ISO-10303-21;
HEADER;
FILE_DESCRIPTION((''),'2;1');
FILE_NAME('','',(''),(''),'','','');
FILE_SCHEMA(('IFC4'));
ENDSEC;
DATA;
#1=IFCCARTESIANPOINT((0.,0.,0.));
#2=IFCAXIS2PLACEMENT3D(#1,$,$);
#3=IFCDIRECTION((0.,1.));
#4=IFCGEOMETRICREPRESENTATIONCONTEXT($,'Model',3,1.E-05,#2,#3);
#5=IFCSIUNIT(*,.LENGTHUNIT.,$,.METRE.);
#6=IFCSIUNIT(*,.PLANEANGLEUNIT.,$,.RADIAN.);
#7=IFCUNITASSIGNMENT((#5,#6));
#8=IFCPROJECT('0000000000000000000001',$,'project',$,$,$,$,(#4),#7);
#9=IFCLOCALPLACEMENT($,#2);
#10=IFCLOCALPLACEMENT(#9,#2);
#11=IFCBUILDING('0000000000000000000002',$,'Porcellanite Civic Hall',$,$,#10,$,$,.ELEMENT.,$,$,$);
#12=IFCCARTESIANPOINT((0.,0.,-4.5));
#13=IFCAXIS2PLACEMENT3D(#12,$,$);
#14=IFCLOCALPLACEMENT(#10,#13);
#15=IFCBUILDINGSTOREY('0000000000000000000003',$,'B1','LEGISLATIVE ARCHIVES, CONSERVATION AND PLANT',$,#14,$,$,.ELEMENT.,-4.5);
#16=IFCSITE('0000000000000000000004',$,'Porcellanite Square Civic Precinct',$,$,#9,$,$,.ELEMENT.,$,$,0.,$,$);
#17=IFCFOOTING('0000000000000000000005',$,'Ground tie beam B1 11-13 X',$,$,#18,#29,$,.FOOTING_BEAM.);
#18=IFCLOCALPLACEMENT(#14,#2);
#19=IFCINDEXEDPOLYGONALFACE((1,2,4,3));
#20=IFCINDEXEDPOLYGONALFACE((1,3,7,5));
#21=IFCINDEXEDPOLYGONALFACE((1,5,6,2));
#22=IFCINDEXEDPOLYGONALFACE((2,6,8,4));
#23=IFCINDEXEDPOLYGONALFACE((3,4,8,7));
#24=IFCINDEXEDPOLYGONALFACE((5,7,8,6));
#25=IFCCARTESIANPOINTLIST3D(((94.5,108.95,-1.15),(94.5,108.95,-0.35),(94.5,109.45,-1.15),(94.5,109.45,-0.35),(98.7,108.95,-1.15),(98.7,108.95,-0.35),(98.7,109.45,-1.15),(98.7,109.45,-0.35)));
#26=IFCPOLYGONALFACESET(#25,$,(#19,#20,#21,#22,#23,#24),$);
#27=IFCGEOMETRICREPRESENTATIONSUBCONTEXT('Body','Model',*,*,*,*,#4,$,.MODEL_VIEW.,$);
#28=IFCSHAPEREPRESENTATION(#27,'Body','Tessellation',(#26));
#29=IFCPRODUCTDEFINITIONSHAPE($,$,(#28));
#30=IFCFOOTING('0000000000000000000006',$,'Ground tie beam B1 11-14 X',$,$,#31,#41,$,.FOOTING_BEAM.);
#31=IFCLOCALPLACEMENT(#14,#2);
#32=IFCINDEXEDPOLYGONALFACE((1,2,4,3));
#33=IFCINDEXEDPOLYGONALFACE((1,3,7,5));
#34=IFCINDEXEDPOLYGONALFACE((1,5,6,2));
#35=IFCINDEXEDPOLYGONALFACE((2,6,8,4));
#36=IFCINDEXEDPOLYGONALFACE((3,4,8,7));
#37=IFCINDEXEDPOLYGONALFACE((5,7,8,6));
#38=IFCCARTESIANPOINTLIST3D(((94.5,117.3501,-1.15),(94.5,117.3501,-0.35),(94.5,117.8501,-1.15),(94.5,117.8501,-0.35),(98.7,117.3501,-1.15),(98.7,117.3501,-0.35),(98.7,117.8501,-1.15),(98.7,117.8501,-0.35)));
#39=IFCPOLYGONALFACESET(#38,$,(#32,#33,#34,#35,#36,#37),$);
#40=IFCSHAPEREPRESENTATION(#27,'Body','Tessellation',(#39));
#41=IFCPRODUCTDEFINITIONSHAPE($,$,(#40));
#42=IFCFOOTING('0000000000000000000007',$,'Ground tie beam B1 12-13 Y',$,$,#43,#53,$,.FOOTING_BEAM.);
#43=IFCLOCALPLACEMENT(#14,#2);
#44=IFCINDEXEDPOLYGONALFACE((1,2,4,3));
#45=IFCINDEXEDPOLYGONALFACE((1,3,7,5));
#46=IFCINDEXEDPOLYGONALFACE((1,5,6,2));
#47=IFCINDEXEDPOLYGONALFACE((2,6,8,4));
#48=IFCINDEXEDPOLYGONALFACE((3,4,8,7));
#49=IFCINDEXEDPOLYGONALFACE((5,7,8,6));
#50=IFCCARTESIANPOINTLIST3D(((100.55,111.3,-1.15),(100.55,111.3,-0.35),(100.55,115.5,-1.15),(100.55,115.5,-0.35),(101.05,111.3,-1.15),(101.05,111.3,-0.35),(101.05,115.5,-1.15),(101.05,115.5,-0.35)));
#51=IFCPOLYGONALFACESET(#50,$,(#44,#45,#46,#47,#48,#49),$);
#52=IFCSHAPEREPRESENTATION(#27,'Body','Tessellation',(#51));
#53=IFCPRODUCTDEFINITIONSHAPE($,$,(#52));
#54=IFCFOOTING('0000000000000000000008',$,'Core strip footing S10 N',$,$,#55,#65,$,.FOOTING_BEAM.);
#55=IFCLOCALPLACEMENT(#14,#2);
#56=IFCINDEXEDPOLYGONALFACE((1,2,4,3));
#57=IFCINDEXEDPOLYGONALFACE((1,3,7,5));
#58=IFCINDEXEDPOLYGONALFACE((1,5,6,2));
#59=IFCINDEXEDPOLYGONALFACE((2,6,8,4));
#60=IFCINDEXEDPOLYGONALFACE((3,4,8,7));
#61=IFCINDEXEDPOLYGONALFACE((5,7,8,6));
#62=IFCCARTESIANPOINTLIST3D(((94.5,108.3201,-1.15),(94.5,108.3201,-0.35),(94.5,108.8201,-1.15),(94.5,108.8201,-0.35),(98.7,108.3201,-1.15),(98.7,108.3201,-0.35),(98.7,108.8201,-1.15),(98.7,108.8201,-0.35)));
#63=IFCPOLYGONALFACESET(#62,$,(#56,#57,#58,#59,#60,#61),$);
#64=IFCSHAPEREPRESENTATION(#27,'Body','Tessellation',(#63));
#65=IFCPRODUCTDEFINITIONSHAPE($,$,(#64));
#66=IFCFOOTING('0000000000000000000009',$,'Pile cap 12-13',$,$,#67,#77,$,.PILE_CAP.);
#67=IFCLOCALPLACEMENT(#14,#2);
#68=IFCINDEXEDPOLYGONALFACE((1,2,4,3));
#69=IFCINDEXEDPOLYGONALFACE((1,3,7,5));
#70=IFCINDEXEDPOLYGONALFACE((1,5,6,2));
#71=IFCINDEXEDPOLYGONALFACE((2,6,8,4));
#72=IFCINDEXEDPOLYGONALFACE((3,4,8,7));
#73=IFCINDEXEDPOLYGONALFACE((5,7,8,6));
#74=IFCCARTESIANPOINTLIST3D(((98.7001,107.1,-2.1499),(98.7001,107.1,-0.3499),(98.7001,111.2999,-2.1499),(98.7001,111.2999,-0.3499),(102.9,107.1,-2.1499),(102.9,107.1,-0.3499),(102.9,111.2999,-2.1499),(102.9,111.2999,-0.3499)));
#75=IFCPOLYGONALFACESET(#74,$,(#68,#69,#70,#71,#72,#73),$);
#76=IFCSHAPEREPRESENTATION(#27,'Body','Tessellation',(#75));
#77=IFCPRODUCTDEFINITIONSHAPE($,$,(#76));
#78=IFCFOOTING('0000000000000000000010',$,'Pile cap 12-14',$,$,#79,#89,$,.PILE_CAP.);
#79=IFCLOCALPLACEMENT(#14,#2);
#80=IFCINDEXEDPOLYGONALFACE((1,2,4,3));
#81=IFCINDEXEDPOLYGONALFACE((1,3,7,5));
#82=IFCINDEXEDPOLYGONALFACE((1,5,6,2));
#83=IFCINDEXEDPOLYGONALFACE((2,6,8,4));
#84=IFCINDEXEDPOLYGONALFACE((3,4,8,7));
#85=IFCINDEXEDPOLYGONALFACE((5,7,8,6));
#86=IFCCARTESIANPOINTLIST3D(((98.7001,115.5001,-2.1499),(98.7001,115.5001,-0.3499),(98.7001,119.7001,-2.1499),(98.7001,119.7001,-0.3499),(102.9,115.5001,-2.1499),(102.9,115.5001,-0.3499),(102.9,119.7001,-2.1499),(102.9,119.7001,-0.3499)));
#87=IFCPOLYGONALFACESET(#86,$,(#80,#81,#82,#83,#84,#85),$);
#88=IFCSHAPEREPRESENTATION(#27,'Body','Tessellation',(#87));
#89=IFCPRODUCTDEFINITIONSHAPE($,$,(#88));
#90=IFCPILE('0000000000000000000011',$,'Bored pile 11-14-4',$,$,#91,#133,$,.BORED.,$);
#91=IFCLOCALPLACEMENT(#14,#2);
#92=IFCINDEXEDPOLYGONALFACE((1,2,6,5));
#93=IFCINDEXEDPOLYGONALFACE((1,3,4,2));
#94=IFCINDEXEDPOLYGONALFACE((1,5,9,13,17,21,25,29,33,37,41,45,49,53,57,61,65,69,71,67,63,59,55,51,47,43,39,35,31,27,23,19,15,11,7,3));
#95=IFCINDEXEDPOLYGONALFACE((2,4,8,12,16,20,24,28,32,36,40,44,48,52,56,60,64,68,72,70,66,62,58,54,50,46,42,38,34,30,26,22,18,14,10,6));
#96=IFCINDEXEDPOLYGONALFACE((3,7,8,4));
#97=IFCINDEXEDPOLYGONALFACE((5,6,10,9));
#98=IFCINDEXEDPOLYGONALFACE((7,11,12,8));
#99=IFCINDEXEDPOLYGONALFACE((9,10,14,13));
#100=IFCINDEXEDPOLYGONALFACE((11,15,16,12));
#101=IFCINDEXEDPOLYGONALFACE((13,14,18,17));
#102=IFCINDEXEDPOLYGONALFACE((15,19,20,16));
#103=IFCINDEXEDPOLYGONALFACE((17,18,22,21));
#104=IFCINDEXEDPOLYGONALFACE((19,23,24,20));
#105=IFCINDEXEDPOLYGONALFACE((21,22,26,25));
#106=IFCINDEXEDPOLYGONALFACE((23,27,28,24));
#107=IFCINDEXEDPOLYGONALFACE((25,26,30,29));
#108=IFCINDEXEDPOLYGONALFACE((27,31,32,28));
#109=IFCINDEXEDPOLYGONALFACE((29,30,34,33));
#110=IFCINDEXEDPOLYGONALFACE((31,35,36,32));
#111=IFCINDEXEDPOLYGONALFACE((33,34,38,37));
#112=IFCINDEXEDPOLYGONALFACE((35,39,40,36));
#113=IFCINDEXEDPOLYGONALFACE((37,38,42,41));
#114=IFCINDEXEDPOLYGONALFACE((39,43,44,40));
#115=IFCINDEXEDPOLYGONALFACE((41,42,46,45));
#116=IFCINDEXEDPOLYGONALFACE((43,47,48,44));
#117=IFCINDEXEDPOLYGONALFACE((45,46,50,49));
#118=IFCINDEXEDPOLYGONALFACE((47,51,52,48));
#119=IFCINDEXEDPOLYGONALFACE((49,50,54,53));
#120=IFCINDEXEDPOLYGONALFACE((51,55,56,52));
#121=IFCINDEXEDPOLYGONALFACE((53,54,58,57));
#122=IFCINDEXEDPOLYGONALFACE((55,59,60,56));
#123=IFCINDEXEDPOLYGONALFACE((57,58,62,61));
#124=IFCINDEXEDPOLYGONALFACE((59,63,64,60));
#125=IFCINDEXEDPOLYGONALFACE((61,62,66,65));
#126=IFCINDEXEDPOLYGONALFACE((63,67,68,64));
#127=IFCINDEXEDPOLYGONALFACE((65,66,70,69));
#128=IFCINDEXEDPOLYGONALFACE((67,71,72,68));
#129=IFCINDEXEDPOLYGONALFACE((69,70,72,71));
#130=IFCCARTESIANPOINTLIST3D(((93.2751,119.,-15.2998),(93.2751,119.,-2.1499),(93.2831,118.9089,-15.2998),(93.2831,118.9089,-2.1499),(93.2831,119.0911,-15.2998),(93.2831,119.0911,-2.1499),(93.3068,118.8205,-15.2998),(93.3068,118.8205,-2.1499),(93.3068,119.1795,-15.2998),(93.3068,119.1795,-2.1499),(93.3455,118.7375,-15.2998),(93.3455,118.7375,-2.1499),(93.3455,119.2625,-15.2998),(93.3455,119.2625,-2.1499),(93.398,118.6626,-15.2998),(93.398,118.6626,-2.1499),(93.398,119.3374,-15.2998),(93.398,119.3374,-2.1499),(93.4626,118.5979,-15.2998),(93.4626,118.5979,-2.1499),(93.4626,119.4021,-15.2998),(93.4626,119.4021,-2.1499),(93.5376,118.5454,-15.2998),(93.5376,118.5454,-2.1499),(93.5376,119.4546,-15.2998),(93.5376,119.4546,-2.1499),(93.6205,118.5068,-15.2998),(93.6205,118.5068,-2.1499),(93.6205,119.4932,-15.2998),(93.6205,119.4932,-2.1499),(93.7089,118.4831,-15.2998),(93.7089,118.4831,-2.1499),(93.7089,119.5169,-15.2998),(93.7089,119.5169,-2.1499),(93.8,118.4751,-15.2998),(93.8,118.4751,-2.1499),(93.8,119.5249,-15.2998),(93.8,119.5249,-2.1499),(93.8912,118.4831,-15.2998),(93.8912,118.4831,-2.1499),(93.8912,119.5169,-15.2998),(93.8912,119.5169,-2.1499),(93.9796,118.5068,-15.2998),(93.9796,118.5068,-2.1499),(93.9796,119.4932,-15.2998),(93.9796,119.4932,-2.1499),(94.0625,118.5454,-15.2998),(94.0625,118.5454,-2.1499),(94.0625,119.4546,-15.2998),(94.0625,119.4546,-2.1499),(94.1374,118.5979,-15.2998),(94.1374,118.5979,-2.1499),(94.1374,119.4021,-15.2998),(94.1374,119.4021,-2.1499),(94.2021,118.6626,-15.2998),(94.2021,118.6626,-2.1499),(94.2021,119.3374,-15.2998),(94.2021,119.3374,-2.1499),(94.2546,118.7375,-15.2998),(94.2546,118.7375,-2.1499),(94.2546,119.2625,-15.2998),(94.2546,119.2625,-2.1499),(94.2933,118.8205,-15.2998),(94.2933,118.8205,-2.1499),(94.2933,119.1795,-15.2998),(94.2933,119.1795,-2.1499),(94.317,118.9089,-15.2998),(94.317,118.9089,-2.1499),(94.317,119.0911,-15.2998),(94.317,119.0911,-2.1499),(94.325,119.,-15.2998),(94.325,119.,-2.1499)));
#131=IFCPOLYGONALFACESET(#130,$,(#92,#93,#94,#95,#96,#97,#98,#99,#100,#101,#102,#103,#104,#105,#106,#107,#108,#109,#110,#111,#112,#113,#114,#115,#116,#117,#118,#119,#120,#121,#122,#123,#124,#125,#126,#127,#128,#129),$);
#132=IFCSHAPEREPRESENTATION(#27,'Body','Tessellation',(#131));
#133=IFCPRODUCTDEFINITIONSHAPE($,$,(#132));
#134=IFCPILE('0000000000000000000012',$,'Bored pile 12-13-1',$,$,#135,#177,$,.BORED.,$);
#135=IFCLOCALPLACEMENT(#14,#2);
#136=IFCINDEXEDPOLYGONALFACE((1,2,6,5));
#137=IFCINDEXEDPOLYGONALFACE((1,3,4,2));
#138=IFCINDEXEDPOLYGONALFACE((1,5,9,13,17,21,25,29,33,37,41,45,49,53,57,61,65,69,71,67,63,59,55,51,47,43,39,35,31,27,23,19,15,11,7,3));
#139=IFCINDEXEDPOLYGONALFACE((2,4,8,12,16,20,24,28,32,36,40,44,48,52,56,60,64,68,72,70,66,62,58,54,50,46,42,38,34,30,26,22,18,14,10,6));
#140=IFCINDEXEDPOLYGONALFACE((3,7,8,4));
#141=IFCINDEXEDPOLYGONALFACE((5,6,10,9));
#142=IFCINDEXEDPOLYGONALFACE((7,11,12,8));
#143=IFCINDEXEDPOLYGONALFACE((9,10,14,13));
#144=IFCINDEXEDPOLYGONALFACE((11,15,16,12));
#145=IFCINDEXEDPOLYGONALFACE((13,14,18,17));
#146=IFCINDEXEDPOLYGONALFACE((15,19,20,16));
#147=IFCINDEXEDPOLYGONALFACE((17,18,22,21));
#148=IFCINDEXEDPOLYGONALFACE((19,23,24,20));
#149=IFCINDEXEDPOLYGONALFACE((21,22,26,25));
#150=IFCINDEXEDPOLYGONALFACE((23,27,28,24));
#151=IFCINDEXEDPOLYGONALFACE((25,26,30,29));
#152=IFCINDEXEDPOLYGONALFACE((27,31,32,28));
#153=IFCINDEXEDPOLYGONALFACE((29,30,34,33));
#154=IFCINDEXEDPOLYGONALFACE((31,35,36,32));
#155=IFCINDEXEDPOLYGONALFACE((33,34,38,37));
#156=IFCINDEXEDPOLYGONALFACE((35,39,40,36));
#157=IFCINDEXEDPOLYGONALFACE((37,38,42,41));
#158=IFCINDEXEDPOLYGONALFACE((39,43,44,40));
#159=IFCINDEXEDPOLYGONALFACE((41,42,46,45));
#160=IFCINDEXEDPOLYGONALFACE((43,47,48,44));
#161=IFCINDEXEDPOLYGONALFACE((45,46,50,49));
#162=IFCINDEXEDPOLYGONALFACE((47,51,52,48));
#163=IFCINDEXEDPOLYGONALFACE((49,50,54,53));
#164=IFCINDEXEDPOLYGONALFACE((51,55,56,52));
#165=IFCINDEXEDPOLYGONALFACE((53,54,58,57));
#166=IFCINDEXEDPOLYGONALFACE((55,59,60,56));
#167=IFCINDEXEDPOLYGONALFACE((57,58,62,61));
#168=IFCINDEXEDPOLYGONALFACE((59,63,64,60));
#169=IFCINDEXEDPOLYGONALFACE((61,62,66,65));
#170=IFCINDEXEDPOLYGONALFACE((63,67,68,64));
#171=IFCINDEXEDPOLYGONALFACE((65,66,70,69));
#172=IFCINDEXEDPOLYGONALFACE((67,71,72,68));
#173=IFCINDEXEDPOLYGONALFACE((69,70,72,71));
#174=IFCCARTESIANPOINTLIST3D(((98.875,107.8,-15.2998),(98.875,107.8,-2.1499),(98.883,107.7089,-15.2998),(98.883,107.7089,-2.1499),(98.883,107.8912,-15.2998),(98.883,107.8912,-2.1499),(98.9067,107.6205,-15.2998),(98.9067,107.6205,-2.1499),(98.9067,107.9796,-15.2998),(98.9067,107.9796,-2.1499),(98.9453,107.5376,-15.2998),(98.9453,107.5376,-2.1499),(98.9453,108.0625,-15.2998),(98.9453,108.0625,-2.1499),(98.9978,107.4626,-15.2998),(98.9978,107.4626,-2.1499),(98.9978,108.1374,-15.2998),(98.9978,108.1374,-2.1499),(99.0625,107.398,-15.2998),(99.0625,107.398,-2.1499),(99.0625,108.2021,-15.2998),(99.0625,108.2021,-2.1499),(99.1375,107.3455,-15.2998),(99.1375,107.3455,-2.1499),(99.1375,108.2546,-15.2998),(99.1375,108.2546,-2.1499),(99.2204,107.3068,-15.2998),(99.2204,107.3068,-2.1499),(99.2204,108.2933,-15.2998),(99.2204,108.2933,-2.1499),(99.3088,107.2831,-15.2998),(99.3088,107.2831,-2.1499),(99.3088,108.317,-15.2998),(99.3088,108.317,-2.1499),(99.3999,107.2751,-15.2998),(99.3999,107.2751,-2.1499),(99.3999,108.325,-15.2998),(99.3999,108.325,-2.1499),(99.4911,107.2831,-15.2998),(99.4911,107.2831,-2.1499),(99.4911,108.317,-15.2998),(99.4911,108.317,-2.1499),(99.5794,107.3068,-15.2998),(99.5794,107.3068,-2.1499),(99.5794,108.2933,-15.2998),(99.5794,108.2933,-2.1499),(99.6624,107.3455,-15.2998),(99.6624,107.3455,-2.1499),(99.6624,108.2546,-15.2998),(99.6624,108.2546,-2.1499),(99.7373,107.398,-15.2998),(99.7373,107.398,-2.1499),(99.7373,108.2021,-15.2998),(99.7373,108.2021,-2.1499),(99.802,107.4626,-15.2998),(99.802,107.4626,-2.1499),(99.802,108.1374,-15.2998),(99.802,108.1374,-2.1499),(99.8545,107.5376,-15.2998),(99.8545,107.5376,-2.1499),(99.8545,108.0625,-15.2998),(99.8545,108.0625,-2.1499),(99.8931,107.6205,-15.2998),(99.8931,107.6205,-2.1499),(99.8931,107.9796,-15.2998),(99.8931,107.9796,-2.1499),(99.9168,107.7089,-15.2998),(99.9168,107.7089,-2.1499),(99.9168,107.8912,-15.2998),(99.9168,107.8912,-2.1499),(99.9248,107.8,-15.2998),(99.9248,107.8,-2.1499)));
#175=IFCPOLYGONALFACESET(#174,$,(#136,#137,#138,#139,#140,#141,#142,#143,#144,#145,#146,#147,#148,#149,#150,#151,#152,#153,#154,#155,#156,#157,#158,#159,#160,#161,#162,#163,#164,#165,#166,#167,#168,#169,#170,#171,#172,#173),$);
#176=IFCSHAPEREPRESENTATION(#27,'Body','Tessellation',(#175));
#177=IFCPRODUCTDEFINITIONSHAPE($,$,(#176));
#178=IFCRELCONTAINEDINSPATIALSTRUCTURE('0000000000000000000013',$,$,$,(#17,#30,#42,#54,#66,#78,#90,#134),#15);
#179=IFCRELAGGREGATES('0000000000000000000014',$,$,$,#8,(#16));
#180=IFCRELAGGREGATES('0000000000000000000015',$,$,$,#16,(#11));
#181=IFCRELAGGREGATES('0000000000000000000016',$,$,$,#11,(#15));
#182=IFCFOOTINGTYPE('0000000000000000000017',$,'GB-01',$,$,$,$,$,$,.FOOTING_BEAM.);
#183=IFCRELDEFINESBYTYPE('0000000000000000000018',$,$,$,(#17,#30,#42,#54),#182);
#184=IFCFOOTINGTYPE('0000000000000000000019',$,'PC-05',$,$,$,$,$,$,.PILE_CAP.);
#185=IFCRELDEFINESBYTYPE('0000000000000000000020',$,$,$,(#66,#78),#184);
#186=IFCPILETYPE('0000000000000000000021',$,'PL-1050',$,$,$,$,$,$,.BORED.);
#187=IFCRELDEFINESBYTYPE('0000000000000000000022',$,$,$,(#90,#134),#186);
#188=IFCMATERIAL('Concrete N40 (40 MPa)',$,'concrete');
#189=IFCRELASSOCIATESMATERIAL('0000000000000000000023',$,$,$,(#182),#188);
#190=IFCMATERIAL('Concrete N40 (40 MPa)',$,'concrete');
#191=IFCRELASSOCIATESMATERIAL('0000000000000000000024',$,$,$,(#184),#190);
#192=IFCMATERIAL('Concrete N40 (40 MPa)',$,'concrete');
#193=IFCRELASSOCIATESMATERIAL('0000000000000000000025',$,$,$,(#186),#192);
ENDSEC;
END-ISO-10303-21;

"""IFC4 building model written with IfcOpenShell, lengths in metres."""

from ifc_helpers import new_model, si_unit, direction, frame, origin, origin_2d, place, context, subcontext, project, spatial, rectangle, circle, extrude, material, material_profile, profile_set, type_object, element, save


model = new_model("IFC4")

# Units and contexts
model_context = context("Model", 3, precision=1e-05, world=origin(), true_north=direction((0.0, 1.0)))
body_context = subcontext(model_context, "Body", "Model", "MODEL_VIEW")
ifc_project = project(units=[si_unit("LENGTHUNIT", "METRE"), si_unit("PLANEANGLEUNIT", "RADIAN")], contexts=[model_context])

# Site, building, storey
site_placement = place(None, origin())
site = spatial("IfcSite", under=ifc_project, at=site_placement, Name="Porcellanite Square Civic Precinct", CompositionType="ELEMENT", RefElevation=0.0)
building_placement = place(site_placement, origin())
building = spatial("IfcBuilding", under=site, at=building_placement, Name="Porcellanite Civic Hall", CompositionType="ELEMENT")
storey_placement = place(building_placement, frame((0.0, 0.0, -4.5)))
storey = spatial("IfcBuildingStorey", under=building, at=storey_placement, Name="B1", Description="LEGISLATIVE ARCHIVES, CONSERVATION AND PLANT", CompositionType="ELEMENT", Elevation=-4.5)

# Footings
ifc_material_1 = material(Name="Concrete N40 (40 MPa)", Category="concrete")
ifc_material_profile_1 = material_profile(ifc_material_1, rectangle(XDim=0.5, YDim=0.8, at=origin_2d()), Name="RC-500x800")
ifc_profile_set_1 = profile_set([ifc_material_profile_1], Name="Concrete N40 (40 MPa)")
footing_type_1 = type_object("IfcFootingType", Name="GB-01", PredefinedType="FOOTING_BEAM", material=ifc_profile_set_1)
for number, where, z_axis, x_axis, name in (
    (1, (94.5, 109.2, -0.75), (1.0, 0.0, 0.0), (0.0, 1.0, 0.0), "Ground tie beam B1 11-13 X"),
    (2, (94.5, 117.6001, -0.75), (1.0, 0.0, 0.0), (0.0, 1.0, 0.0), "Ground tie beam B1 11-14 X"),
    (3, (100.8, 111.3, -0.75), (0.0, 1.0, 0.0), (-1.0, 0.0, 0.0), "Ground tie beam B1 12-13 Y"),
    (4, (94.5, 108.5701, -0.75), (1.0, 0.0, 0.0), (0.0, 1.0, 0.0), "Core strip footing S10 N"),
):
    element("IfcFooting", number, at=place(storey_placement, frame(where, z_axis=z_axis, x_axis=x_axis)), inside=storey, type_object=footing_type_1, Name=name, PredefinedType="FOOTING_BEAM", context=body_context, shape_type="SweptSolid", body=[
        extrude(rectangle(XDim=0.5, YDim=0.8, at=origin_2d()), origin(), (0.0, 0.0, 1.0), 4.2),
    ])
ifc_material_2 = material(Name="Concrete N40 (40 MPa)", Category="concrete")
footing_type_2 = type_object("IfcFootingType", Name="PC-05", PredefinedType="PILE_CAP", material=ifc_material_2)
for number, where, z_axis, x_axis, name in (
    (5, (100.8, 109.2, -2.1499), (0.0, 0.0, 1.0), (1.0, 0.0, 0.0), "Pile cap 12-13"),
    (6, (100.8, 117.6001, -2.1499), (0.0, 0.0, 1.0), (1.0, 0.0, 0.0), "Pile cap 12-14"),
):
    element("IfcFooting", number, at=place(storey_placement, frame(where, z_axis=z_axis, x_axis=x_axis)), inside=storey, type_object=footing_type_2, Name=name, PredefinedType="PILE_CAP", context=body_context, shape_type="SweptSolid", body=[
        extrude(rectangle(XDim=4.2, YDim=4.2, at=origin_2d()), origin(), (0.0, 0.0, 1.0), 1.8),
    ])

# Piles
ifc_material_3 = material(Name="Concrete N40 (40 MPa)", Category="concrete")
ifc_material_profile_2 = material_profile(ifc_material_3, circle(Radius=0.5249, at=origin_2d()), Name="PILE-D1050")
ifc_profile_set_2 = profile_set([ifc_material_profile_2], Name="Concrete N40 (40 MPa)")
pile_type = type_object("IfcPileType", Name="PL-1050", PredefinedType="BORED", material=ifc_profile_set_2)
for number, where, z_axis, x_axis, name in (
    (7, (93.8, 119.0, -2.1499), (0.0, 0.0, -1.0), (1.0, 0.0, 0.0), "Bored pile 11-14-4"),
    (8, (99.3999, 107.8, -2.1499), (0.0, 0.0, -1.0), (1.0, 0.0, 0.0), "Bored pile 12-13-1"),
):
    element("IfcPile", number, at=place(storey_placement, frame(where, z_axis=z_axis, x_axis=x_axis)), inside=storey, type_object=pile_type, Name=name, PredefinedType="BORED", context=body_context, shape_type="SweptSolid", body=[
        extrude(circle(Radius=0.5249, at=origin_2d()), origin(), (0.0, 0.0, 1.0), 13.1499),
    ])

save(model, "model.ifc")
